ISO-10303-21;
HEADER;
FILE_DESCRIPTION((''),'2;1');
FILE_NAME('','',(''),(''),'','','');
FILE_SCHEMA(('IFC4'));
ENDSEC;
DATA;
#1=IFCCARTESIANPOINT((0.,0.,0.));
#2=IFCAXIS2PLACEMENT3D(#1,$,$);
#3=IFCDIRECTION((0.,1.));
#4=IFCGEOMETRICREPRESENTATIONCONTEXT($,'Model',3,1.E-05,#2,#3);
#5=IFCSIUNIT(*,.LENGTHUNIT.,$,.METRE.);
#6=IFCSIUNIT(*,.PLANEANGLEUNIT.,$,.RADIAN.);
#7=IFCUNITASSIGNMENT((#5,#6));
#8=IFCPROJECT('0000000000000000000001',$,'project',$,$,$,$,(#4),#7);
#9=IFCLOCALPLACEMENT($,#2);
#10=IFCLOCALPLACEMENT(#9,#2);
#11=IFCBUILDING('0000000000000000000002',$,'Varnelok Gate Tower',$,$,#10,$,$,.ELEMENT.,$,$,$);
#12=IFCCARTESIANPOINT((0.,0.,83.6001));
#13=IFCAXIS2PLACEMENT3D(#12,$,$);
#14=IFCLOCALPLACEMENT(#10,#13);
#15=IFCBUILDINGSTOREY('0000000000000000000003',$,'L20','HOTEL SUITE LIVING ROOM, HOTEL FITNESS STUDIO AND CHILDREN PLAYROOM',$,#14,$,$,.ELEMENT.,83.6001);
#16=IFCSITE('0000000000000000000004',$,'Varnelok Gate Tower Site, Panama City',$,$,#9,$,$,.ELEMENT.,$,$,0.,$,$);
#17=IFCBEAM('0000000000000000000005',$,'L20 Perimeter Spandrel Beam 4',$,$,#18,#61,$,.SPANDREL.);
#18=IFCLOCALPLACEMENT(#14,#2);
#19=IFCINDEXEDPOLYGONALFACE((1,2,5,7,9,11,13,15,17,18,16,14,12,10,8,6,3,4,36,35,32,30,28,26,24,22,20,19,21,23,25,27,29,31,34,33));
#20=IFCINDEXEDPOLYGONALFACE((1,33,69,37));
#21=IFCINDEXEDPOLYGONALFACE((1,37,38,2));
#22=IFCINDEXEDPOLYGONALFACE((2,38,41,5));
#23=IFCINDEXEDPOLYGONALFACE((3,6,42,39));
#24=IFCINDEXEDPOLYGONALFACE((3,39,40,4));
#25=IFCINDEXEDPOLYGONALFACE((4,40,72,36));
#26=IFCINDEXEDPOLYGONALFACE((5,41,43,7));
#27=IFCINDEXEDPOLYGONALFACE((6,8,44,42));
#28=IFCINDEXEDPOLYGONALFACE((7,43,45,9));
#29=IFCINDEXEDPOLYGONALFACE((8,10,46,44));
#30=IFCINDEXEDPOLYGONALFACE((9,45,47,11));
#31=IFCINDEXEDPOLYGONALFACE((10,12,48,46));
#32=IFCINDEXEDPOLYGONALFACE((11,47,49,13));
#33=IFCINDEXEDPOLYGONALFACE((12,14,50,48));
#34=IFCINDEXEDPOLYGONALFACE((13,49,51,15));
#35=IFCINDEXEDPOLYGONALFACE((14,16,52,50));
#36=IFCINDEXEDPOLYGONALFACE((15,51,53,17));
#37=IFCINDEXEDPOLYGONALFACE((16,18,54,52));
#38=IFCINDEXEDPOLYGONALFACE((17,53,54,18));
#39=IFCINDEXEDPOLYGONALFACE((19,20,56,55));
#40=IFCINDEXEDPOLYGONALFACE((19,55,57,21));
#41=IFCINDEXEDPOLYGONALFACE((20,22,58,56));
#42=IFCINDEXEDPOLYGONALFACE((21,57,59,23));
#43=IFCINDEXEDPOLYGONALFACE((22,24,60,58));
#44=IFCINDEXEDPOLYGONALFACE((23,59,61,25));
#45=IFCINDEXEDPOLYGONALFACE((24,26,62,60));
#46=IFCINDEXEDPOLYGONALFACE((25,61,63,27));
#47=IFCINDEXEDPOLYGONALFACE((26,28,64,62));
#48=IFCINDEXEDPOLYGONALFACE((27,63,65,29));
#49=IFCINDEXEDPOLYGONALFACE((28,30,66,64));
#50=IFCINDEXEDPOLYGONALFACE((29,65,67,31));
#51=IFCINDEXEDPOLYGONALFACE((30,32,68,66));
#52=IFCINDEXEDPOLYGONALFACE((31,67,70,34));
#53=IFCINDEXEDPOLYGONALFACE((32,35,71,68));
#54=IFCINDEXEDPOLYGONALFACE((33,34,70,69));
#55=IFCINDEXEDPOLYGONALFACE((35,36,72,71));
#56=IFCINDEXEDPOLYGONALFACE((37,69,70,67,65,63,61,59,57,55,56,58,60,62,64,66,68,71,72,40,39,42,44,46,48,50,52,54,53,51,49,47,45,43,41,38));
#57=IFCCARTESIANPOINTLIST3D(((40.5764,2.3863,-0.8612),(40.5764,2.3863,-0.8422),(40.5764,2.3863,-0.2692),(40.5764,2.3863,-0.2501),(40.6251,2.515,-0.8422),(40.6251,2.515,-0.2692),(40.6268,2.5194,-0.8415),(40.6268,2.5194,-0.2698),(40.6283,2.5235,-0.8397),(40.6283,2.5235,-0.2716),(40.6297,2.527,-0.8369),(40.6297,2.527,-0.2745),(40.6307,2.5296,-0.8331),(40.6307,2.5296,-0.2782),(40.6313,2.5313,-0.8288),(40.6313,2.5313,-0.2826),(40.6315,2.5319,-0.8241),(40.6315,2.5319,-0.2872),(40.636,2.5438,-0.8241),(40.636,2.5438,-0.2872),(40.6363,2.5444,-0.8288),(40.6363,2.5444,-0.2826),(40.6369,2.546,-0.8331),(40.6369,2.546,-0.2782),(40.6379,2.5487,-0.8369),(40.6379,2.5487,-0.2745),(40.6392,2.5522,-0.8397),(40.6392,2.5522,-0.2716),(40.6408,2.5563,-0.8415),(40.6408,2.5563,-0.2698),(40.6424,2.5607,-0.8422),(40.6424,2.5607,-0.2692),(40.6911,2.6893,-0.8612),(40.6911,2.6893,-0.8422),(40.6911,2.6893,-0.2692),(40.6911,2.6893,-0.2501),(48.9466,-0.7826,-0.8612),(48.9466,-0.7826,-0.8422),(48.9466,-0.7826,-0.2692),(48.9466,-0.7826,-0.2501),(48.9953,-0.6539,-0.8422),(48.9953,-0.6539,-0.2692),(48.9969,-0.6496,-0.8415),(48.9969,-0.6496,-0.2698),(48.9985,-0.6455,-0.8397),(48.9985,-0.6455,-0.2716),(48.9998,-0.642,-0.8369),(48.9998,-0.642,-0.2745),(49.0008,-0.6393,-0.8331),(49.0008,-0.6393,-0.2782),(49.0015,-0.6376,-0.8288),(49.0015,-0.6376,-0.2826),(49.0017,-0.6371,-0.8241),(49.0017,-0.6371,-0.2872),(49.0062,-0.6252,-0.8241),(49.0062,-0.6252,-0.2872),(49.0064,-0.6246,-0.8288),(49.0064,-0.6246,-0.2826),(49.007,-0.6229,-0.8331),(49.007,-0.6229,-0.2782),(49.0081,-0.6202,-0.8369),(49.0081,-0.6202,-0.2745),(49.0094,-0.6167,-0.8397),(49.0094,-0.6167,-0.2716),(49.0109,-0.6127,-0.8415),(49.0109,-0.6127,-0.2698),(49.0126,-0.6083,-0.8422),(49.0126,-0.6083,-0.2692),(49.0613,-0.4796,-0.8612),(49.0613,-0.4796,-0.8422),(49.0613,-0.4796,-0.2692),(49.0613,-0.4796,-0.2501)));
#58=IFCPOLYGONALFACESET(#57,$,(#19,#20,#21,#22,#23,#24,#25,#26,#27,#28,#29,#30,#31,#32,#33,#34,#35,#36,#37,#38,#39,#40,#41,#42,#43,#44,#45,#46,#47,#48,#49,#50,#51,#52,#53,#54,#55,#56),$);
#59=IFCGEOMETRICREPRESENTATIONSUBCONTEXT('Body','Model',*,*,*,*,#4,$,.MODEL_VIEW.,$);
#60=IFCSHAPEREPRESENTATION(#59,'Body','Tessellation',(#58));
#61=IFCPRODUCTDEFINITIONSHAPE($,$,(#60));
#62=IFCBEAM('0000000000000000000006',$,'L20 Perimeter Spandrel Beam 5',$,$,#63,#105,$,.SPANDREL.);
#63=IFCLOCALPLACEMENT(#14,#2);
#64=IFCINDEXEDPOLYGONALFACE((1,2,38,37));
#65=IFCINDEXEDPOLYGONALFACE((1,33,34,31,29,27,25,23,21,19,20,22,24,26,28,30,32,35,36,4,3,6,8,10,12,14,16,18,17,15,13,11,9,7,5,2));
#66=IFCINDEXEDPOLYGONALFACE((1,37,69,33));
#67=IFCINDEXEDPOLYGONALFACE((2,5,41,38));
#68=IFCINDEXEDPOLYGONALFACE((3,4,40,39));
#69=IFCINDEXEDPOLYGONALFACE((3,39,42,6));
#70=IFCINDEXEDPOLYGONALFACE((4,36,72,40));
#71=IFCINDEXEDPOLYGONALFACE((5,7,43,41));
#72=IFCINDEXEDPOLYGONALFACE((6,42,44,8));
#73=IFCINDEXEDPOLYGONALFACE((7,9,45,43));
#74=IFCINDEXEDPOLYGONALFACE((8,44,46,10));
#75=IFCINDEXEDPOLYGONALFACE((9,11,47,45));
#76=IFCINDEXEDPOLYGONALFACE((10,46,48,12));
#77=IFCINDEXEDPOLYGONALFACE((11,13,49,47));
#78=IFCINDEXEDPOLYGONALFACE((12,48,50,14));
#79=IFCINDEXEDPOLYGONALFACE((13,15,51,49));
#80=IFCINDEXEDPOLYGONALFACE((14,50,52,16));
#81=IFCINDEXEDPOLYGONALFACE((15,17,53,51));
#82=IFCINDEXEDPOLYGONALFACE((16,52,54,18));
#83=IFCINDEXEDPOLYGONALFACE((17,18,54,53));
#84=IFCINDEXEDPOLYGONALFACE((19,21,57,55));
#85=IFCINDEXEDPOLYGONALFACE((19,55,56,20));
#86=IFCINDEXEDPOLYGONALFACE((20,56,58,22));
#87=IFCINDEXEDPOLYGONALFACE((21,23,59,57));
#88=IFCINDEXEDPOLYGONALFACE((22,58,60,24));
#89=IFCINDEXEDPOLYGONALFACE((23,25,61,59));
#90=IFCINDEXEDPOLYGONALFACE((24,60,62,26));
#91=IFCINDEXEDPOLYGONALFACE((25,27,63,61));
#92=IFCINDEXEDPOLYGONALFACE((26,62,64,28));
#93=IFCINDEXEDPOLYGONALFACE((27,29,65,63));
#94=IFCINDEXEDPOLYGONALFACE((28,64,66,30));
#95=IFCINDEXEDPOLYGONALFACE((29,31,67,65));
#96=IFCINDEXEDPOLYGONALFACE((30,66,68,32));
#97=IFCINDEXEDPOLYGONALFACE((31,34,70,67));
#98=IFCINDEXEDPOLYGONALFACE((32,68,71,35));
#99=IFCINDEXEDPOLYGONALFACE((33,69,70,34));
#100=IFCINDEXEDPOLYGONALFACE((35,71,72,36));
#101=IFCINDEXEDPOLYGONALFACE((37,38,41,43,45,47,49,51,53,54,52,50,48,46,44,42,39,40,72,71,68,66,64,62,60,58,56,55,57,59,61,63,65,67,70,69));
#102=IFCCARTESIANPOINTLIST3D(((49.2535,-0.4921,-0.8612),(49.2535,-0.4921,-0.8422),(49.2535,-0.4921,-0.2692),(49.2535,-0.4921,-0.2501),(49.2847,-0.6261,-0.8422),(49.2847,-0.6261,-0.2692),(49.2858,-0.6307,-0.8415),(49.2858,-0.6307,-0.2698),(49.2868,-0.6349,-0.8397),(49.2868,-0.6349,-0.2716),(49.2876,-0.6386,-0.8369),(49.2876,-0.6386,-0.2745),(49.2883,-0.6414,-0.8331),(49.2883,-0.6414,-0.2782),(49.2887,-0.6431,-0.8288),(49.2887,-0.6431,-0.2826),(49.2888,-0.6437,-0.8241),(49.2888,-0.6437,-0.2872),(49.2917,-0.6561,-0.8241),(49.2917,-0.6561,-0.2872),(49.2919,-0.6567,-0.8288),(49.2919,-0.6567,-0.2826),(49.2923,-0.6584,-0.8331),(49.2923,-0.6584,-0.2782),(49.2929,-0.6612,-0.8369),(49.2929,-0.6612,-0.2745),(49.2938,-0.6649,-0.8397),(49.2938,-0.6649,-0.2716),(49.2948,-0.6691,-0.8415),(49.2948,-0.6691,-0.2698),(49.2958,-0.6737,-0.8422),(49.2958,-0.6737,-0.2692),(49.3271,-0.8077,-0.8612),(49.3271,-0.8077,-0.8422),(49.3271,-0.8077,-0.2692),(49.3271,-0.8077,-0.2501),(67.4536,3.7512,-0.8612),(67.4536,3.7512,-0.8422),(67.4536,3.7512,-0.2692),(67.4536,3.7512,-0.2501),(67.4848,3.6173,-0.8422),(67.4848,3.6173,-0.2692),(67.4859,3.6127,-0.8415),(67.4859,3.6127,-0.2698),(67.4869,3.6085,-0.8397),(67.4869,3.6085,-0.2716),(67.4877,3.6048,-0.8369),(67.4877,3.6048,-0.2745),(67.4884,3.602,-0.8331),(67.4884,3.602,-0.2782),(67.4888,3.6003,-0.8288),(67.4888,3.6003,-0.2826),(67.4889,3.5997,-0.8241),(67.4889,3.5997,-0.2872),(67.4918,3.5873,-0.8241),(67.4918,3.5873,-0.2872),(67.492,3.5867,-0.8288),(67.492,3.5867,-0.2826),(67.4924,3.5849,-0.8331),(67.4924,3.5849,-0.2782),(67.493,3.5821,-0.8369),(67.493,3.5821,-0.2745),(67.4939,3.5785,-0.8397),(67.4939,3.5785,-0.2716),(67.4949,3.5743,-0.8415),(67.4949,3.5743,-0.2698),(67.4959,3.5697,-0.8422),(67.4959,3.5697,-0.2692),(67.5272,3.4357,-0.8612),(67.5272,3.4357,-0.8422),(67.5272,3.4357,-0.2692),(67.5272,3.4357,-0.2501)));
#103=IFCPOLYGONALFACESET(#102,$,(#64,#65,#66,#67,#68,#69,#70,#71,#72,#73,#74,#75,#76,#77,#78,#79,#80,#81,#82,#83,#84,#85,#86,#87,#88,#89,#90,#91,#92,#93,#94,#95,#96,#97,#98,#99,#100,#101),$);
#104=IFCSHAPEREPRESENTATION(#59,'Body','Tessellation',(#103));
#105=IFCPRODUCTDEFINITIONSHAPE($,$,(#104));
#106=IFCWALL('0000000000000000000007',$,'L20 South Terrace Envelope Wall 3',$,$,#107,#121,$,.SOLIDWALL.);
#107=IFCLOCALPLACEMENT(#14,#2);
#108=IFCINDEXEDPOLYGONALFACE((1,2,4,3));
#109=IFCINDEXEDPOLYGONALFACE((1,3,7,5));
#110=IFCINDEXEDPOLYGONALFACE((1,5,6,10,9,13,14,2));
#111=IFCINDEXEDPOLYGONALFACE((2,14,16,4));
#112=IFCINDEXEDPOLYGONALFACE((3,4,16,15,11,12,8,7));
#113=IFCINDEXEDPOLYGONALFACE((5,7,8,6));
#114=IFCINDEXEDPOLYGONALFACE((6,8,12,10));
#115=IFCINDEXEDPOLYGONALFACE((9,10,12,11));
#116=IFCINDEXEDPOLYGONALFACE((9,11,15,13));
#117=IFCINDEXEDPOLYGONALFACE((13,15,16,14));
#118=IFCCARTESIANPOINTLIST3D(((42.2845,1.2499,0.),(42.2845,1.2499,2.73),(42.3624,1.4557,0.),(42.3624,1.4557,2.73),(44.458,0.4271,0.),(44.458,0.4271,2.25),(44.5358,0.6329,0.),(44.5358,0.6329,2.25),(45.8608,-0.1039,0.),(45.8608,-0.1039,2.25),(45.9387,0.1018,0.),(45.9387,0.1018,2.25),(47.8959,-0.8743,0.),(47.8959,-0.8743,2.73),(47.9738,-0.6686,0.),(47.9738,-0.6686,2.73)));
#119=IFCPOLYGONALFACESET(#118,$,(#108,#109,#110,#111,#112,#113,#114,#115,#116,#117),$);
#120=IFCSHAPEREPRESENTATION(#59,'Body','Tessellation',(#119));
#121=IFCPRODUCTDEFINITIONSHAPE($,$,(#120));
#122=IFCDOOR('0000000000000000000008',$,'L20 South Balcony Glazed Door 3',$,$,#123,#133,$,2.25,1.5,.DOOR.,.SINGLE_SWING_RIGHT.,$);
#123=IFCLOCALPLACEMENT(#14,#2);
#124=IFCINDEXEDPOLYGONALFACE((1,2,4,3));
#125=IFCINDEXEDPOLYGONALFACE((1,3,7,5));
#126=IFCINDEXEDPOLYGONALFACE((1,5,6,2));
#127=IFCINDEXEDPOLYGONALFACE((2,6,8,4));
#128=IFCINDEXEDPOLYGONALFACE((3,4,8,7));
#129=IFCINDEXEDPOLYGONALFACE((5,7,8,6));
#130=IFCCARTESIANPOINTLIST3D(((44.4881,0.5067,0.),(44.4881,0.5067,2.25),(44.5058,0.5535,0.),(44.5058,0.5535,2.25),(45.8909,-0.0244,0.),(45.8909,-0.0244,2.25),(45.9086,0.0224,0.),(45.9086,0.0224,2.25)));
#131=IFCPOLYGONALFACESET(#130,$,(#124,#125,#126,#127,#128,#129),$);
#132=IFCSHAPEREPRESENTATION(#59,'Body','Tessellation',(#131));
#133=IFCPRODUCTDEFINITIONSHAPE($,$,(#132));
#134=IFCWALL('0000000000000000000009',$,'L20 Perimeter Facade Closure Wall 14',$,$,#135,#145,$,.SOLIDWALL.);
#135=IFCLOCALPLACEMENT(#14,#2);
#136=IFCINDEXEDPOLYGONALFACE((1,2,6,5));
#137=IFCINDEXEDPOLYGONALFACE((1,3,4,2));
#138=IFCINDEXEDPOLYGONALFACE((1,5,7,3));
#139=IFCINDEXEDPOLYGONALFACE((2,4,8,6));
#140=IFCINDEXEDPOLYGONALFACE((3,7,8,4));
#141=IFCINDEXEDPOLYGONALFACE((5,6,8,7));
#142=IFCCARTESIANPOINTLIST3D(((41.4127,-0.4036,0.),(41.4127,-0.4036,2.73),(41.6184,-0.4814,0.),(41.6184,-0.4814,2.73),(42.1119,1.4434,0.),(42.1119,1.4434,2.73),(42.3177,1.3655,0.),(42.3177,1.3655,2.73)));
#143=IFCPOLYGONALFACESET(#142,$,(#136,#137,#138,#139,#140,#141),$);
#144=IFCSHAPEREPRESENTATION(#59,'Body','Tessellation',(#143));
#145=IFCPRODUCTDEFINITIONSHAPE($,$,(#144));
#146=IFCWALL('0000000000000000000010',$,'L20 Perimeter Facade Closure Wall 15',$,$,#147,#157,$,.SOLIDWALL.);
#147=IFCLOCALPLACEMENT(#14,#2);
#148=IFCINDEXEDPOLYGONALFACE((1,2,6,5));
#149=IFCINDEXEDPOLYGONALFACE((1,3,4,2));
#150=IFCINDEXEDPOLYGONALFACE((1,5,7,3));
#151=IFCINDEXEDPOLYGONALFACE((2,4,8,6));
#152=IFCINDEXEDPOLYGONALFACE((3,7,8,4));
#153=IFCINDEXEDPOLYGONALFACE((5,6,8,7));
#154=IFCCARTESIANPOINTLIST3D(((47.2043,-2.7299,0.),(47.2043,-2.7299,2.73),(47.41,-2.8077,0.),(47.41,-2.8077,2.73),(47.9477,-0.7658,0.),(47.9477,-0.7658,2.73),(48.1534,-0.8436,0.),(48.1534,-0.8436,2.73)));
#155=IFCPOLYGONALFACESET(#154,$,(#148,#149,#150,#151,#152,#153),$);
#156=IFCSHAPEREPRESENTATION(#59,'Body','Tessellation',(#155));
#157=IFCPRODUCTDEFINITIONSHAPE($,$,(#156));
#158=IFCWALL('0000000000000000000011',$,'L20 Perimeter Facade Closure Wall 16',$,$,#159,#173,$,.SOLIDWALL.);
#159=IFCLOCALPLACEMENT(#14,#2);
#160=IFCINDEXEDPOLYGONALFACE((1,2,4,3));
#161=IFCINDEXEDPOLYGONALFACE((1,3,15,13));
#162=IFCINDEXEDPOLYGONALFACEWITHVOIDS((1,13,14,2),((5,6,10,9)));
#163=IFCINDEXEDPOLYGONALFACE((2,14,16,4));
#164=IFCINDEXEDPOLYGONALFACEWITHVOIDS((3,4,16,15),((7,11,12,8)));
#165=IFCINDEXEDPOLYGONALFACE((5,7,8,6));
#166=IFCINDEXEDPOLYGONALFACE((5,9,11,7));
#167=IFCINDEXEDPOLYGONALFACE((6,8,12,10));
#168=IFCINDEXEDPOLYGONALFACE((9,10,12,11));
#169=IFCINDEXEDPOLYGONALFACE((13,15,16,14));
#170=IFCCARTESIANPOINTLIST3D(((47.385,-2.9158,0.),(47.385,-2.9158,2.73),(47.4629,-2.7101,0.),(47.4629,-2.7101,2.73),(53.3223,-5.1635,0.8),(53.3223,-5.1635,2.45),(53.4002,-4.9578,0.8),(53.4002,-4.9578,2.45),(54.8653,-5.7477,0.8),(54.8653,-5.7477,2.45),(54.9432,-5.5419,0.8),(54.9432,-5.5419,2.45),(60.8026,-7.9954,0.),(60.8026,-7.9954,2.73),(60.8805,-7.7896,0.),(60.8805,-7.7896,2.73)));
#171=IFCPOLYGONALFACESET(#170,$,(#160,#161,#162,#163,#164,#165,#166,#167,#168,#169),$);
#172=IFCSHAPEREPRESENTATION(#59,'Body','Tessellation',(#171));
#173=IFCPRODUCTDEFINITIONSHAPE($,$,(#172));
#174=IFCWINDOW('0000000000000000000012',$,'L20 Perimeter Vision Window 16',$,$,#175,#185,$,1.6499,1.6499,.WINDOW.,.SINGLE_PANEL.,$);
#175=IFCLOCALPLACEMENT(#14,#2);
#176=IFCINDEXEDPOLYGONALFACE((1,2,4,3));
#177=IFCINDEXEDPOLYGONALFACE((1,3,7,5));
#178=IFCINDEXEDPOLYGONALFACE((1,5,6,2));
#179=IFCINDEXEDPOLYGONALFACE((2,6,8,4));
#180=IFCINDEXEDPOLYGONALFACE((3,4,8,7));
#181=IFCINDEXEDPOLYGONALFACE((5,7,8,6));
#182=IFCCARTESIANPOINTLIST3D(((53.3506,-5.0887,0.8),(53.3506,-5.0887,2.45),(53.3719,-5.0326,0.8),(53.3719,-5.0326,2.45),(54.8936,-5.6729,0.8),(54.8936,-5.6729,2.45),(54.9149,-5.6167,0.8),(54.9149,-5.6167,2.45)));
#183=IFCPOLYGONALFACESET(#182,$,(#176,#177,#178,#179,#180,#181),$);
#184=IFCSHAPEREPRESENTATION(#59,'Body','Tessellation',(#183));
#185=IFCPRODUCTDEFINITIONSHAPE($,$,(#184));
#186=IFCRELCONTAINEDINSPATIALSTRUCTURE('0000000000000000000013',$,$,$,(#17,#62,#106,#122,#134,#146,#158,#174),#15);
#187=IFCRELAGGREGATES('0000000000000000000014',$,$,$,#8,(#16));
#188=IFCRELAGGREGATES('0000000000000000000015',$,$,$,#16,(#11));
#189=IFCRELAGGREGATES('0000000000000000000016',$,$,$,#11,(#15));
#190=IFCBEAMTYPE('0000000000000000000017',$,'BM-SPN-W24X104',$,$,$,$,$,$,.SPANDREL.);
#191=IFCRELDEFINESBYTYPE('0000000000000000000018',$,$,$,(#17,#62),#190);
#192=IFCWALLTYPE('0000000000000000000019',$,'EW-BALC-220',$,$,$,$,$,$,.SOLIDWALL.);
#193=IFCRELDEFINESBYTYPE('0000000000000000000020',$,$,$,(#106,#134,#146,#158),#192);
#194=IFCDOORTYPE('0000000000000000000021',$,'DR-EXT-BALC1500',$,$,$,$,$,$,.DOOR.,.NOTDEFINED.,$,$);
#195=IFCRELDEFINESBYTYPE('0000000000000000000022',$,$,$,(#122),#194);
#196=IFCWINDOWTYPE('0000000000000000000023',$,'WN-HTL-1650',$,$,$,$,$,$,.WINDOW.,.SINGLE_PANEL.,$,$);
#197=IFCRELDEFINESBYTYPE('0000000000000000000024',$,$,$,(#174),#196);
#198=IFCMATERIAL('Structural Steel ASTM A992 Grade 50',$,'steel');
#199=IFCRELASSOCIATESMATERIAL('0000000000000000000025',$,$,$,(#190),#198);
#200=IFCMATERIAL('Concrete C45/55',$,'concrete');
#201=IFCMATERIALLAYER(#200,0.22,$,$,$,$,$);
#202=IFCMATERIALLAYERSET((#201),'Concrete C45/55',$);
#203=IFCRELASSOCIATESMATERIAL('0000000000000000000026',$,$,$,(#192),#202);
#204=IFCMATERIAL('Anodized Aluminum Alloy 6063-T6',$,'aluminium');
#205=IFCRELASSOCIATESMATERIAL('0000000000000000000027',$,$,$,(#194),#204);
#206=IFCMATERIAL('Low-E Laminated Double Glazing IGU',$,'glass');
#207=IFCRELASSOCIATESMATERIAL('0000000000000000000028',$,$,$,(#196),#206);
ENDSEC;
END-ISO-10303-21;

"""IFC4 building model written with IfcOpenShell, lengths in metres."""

from ifc_helpers import new_model, si_unit, direction, frame, frame_2d, origin, origin_2d, place, context, subcontext, project, spatial, rectangle, i_section, extrude, material, layer, layer_set, material_profile, profile_set, type_object, element, fill, save


model = new_model("IFC4")

# Units and contexts
model_context = context("Model", 3, precision=1e-05, world=origin(), true_north=direction((0.0, 1.0)))
body_context = subcontext(model_context, "Body", "Model", "MODEL_VIEW")
ifc_project = project(units=[si_unit("LENGTHUNIT", "METRE"), si_unit("PLANEANGLEUNIT", "RADIAN")], contexts=[model_context])

# Site, building, storey
site_placement = place(None, origin())
site = spatial("IfcSite", under=ifc_project, at=site_placement, Name="Varnelok Gate Tower Site, Panama City", CompositionType="ELEMENT", RefElevation=0.0)
building_placement = place(site_placement, origin())
building = spatial("IfcBuilding", under=site, at=building_placement, Name="Varnelok Gate Tower", CompositionType="ELEMENT")
storey_placement = place(building_placement, frame((0.0, 0.0, 83.6001)))
storey = spatial("IfcBuildingStorey", under=building, at=storey_placement, Name="L20", Description="HOTEL SUITE LIVING ROOM, HOTEL FITNESS STUDIO AND CHILDREN PLAYROOM", CompositionType="ELEMENT", Elevation=83.6001)

# Shared definitions
ifc_material_1 = material(Name="Structural Steel ASTM A992 Grade 50", Category="steel")

# Beams
ifc_material_profile_1 = material_profile(ifc_material_1, i_section(OverallWidth=0.324, OverallDepth=0.6111, WebThickness=0.0127, FlangeThickness=0.019, FilletRadius=0.0181, at=origin_2d()), Name="W24X104")
ifc_profile_set_1 = profile_set([ifc_material_profile_1], Name="Structural Steel ASTM A992 Grade 50")
beam_type_1 = type_object("IfcBeamType", Name="BM-SPN-W24X104", PredefinedType="SPANDREL", material=ifc_profile_set_1)
beam_1_placement = place(storey_placement, frame((40.6338, 2.5378, -0.5557), z_axis=(0.935217, -0.354075, 0.0), x_axis=(0.354075, 0.935217, 0.0)))
element("IfcBeam", 1, at=beam_1_placement, inside=storey, type_object=beam_type_1, Name="L20 Perimeter Spandrel Beam 4", PredefinedType="SPANDREL", context=body_context, shape_type="SweptSolid", body=[
    extrude(i_section(OverallWidth=0.324, OverallDepth=0.6111, WebThickness=0.0127, FlangeThickness=0.019, FilletRadius=0.0181, at=origin_2d()), origin(), (0.0, 0.0, 1.0), 8.95),
])
beam_2_placement = place(storey_placement, frame((49.2903, -0.6499, -0.5557), z_axis=(0.97388, 0.227062, 0.0), x_axis=(-0.227062, 0.97388, 0.0)))
element("IfcBeam", 2, at=beam_2_placement, inside=storey, type_object=beam_type_1, Name="L20 Perimeter Spandrel Beam 5", PredefinedType="SPANDREL", context=body_context, shape_type="SweptSolid", body=[
    extrude(i_section(OverallWidth=0.324, OverallDepth=0.6111, WebThickness=0.0127, FlangeThickness=0.019, FilletRadius=0.0181, at=origin_2d()), origin(), (0.0, 0.0, 1.0), 18.6882),
])

# Wall, opening, door
ifc_material_2 = material(Name="Concrete C45/55", Category="concrete")
ifc_layer_1 = layer(ifc_material_2, 0.22)
ifc_layer_set_1 = layer_set([ifc_layer_1], Name="Concrete C45/55")
wall_type_1 = type_object("IfcWallType", Name="EW-BALC-220", PredefinedType="SOLIDWALL", material=ifc_layer_set_1)
wall_1_placement = place(storey_placement, frame((47.9348, -0.7715, 0.0), z_axis=(0.0, 0.0, 1.0), x_axis=(-0.935228, 0.354047, 0.0)))
wall_1 = element("IfcWall", 3, at=wall_1_placement, inside=storey, type_object=wall_type_1, Name="L20 South Terrace Envelope Wall 3", PredefinedType="SOLIDWALL", context=body_context, shape_type="SweptSolid", body=[
    extrude(rectangle(XDim=6.0, YDim=0.22, at=frame_2d((3.0, 0.0))), origin(), (0.0, 0.0, 1.0), 2.73),
])
opening_1_placement = place(wall_1_placement, frame((2.176, 0.0, 0.0)))
opening_1 = element("IfcOpeningElement", 4, at=opening_1_placement, cuts=wall_1, PredefinedType="OPENING", context=body_context, shape_type="SweptSolid", body=[
    extrude(rectangle(XDim=1.5, YDim=2.25, at=frame_2d((0.75, 1.125))), frame((0.0, 0.1199, 0.0), z_axis=(0.0, -1.0, 0.0), x_axis=(1.0, 0.0, 0.0)), (0.0, 0.0, 1.0), 0.24),
])
ifc_material_3 = material(Name="Anodized Aluminum Alloy 6063-T6", Category="aluminium")
door_type_1 = type_object("IfcDoorType", Name="DR-EXT-BALC1500", OperationType="NOTDEFINED", PredefinedType="DOOR", material=ifc_material_3)
door_1_placement = place(opening_1_placement, origin())
door_1 = element("IfcDoor", 5, at=door_1_placement, inside=storey, type_object=door_type_1, Name="L20 South Balcony Glazed Door 3", OperationType="SINGLE_SWING_RIGHT", OverallHeight=2.25, OverallWidth=1.5, PredefinedType="DOOR", context=body_context, shape_type="SweptSolid", body=[
    extrude(rectangle(XDim=1.5, YDim=2.25, at=frame_2d((0.75, 1.125))), frame((0.0, 0.0249, 0.0), z_axis=(0.0, -1.0, 0.0), x_axis=(1.0, 0.0, 0.0)), (0.0, 0.0, 1.0), 0.05),
])
fill(opening_1, door_1)

# Walls
wall_2_placement = place(storey_placement, frame((41.5156, -0.4424, 0.0), z_axis=(0.0, 0.0, 1.0), x_axis=(0.354062, 0.935222, 0.0)))
element("IfcWall", 6, at=wall_2_placement, inside=storey, type_object=wall_type_1, Name="L20 Perimeter Facade Closure Wall 14", PredefinedType="SOLIDWALL", context=body_context, shape_type="SweptSolid", body=[
    extrude(rectangle(XDim=1.9749, YDim=0.22, at=frame_2d((0.9873, 0.0))), origin(), (0.0, 0.0, 1.0), 2.73),
])
wall_3_placement = place(storey_placement, frame((48.0505, -0.8047, 0.0), z_axis=(0.0, 0.0, 1.0), x_axis=(-0.353988, -0.93525, 0.0)))
element("IfcWall", 7, at=wall_3_placement, inside=storey, type_object=wall_type_1, Name="L20 Perimeter Facade Closure Wall 15", PredefinedType="SOLIDWALL", context=body_context, shape_type="SweptSolid", body=[
    extrude(rectangle(XDim=2.1001, YDim=0.22, at=frame_2d((1.05, 0.0))), origin(), (0.0, 0.0, 1.0), 2.73),
])

# Wall, opening, window
wall_4_placement = place(storey_placement, frame((47.4241, -2.813, 0.0), z_axis=(0.0, 0.0, 1.0), x_axis=(0.935226, -0.354051, 0.0)))
wall_4 = element("IfcWall", 8, at=wall_4_placement, inside=storey, type_object=wall_type_1, Name="L20 Perimeter Facade Closure Wall 16", PredefinedType="SOLIDWALL", context=body_context, shape_type="SweptSolid", body=[
    extrude(rectangle(XDim=14.3469, YDim=0.22, at=frame_2d((7.1733, 0.0))), origin(), (0.0, 0.0, 1.0), 2.73),
])
opening_2_placement = place(wall_4_placement, frame((6.3484, 0.0, 0.8)))
opening_2 = element("IfcOpeningElement", 9, at=opening_2_placement, cuts=wall_4, PredefinedType="OPENING", context=body_context, shape_type="SweptSolid", body=[
    extrude(rectangle(XDim=1.6499, YDim=1.6499, at=frame_2d((0.825, 0.825))), frame((0.0, 0.1199, 0.0), z_axis=(0.0, -1.0, 0.0), x_axis=(1.0, 0.0, 0.0)), (0.0, 0.0, 1.0), 0.24),
])
ifc_material_4 = material(Name="Low-E Laminated Double Glazing IGU", Category="glass")
window_type = type_object("IfcWindowType", Name="WN-HTL-1650", PartitioningType="SINGLE_PANEL", PredefinedType="WINDOW", material=ifc_material_4)
window_placement = place(opening_2_placement, origin())
window = element("IfcWindow", 10, at=window_placement, inside=storey, type_object=window_type, Name="L20 Perimeter Vision Window 16", OverallHeight=1.6499, OverallWidth=1.6499, PartitioningType="SINGLE_PANEL", PredefinedType="WINDOW", context=body_context, shape_type="SweptSolid", body=[
    extrude(rectangle(XDim=1.6499, YDim=1.6499, at=frame_2d((0.825, 0.825))), frame((0.0, 0.03, 0.0), z_axis=(0.0, -1.0, 0.0), x_axis=(1.0, 0.0, 0.0)), (0.0, 0.0, 1.0), 0.0601),
])
fill(opening_2, window)

save(model, "model.ifc")
